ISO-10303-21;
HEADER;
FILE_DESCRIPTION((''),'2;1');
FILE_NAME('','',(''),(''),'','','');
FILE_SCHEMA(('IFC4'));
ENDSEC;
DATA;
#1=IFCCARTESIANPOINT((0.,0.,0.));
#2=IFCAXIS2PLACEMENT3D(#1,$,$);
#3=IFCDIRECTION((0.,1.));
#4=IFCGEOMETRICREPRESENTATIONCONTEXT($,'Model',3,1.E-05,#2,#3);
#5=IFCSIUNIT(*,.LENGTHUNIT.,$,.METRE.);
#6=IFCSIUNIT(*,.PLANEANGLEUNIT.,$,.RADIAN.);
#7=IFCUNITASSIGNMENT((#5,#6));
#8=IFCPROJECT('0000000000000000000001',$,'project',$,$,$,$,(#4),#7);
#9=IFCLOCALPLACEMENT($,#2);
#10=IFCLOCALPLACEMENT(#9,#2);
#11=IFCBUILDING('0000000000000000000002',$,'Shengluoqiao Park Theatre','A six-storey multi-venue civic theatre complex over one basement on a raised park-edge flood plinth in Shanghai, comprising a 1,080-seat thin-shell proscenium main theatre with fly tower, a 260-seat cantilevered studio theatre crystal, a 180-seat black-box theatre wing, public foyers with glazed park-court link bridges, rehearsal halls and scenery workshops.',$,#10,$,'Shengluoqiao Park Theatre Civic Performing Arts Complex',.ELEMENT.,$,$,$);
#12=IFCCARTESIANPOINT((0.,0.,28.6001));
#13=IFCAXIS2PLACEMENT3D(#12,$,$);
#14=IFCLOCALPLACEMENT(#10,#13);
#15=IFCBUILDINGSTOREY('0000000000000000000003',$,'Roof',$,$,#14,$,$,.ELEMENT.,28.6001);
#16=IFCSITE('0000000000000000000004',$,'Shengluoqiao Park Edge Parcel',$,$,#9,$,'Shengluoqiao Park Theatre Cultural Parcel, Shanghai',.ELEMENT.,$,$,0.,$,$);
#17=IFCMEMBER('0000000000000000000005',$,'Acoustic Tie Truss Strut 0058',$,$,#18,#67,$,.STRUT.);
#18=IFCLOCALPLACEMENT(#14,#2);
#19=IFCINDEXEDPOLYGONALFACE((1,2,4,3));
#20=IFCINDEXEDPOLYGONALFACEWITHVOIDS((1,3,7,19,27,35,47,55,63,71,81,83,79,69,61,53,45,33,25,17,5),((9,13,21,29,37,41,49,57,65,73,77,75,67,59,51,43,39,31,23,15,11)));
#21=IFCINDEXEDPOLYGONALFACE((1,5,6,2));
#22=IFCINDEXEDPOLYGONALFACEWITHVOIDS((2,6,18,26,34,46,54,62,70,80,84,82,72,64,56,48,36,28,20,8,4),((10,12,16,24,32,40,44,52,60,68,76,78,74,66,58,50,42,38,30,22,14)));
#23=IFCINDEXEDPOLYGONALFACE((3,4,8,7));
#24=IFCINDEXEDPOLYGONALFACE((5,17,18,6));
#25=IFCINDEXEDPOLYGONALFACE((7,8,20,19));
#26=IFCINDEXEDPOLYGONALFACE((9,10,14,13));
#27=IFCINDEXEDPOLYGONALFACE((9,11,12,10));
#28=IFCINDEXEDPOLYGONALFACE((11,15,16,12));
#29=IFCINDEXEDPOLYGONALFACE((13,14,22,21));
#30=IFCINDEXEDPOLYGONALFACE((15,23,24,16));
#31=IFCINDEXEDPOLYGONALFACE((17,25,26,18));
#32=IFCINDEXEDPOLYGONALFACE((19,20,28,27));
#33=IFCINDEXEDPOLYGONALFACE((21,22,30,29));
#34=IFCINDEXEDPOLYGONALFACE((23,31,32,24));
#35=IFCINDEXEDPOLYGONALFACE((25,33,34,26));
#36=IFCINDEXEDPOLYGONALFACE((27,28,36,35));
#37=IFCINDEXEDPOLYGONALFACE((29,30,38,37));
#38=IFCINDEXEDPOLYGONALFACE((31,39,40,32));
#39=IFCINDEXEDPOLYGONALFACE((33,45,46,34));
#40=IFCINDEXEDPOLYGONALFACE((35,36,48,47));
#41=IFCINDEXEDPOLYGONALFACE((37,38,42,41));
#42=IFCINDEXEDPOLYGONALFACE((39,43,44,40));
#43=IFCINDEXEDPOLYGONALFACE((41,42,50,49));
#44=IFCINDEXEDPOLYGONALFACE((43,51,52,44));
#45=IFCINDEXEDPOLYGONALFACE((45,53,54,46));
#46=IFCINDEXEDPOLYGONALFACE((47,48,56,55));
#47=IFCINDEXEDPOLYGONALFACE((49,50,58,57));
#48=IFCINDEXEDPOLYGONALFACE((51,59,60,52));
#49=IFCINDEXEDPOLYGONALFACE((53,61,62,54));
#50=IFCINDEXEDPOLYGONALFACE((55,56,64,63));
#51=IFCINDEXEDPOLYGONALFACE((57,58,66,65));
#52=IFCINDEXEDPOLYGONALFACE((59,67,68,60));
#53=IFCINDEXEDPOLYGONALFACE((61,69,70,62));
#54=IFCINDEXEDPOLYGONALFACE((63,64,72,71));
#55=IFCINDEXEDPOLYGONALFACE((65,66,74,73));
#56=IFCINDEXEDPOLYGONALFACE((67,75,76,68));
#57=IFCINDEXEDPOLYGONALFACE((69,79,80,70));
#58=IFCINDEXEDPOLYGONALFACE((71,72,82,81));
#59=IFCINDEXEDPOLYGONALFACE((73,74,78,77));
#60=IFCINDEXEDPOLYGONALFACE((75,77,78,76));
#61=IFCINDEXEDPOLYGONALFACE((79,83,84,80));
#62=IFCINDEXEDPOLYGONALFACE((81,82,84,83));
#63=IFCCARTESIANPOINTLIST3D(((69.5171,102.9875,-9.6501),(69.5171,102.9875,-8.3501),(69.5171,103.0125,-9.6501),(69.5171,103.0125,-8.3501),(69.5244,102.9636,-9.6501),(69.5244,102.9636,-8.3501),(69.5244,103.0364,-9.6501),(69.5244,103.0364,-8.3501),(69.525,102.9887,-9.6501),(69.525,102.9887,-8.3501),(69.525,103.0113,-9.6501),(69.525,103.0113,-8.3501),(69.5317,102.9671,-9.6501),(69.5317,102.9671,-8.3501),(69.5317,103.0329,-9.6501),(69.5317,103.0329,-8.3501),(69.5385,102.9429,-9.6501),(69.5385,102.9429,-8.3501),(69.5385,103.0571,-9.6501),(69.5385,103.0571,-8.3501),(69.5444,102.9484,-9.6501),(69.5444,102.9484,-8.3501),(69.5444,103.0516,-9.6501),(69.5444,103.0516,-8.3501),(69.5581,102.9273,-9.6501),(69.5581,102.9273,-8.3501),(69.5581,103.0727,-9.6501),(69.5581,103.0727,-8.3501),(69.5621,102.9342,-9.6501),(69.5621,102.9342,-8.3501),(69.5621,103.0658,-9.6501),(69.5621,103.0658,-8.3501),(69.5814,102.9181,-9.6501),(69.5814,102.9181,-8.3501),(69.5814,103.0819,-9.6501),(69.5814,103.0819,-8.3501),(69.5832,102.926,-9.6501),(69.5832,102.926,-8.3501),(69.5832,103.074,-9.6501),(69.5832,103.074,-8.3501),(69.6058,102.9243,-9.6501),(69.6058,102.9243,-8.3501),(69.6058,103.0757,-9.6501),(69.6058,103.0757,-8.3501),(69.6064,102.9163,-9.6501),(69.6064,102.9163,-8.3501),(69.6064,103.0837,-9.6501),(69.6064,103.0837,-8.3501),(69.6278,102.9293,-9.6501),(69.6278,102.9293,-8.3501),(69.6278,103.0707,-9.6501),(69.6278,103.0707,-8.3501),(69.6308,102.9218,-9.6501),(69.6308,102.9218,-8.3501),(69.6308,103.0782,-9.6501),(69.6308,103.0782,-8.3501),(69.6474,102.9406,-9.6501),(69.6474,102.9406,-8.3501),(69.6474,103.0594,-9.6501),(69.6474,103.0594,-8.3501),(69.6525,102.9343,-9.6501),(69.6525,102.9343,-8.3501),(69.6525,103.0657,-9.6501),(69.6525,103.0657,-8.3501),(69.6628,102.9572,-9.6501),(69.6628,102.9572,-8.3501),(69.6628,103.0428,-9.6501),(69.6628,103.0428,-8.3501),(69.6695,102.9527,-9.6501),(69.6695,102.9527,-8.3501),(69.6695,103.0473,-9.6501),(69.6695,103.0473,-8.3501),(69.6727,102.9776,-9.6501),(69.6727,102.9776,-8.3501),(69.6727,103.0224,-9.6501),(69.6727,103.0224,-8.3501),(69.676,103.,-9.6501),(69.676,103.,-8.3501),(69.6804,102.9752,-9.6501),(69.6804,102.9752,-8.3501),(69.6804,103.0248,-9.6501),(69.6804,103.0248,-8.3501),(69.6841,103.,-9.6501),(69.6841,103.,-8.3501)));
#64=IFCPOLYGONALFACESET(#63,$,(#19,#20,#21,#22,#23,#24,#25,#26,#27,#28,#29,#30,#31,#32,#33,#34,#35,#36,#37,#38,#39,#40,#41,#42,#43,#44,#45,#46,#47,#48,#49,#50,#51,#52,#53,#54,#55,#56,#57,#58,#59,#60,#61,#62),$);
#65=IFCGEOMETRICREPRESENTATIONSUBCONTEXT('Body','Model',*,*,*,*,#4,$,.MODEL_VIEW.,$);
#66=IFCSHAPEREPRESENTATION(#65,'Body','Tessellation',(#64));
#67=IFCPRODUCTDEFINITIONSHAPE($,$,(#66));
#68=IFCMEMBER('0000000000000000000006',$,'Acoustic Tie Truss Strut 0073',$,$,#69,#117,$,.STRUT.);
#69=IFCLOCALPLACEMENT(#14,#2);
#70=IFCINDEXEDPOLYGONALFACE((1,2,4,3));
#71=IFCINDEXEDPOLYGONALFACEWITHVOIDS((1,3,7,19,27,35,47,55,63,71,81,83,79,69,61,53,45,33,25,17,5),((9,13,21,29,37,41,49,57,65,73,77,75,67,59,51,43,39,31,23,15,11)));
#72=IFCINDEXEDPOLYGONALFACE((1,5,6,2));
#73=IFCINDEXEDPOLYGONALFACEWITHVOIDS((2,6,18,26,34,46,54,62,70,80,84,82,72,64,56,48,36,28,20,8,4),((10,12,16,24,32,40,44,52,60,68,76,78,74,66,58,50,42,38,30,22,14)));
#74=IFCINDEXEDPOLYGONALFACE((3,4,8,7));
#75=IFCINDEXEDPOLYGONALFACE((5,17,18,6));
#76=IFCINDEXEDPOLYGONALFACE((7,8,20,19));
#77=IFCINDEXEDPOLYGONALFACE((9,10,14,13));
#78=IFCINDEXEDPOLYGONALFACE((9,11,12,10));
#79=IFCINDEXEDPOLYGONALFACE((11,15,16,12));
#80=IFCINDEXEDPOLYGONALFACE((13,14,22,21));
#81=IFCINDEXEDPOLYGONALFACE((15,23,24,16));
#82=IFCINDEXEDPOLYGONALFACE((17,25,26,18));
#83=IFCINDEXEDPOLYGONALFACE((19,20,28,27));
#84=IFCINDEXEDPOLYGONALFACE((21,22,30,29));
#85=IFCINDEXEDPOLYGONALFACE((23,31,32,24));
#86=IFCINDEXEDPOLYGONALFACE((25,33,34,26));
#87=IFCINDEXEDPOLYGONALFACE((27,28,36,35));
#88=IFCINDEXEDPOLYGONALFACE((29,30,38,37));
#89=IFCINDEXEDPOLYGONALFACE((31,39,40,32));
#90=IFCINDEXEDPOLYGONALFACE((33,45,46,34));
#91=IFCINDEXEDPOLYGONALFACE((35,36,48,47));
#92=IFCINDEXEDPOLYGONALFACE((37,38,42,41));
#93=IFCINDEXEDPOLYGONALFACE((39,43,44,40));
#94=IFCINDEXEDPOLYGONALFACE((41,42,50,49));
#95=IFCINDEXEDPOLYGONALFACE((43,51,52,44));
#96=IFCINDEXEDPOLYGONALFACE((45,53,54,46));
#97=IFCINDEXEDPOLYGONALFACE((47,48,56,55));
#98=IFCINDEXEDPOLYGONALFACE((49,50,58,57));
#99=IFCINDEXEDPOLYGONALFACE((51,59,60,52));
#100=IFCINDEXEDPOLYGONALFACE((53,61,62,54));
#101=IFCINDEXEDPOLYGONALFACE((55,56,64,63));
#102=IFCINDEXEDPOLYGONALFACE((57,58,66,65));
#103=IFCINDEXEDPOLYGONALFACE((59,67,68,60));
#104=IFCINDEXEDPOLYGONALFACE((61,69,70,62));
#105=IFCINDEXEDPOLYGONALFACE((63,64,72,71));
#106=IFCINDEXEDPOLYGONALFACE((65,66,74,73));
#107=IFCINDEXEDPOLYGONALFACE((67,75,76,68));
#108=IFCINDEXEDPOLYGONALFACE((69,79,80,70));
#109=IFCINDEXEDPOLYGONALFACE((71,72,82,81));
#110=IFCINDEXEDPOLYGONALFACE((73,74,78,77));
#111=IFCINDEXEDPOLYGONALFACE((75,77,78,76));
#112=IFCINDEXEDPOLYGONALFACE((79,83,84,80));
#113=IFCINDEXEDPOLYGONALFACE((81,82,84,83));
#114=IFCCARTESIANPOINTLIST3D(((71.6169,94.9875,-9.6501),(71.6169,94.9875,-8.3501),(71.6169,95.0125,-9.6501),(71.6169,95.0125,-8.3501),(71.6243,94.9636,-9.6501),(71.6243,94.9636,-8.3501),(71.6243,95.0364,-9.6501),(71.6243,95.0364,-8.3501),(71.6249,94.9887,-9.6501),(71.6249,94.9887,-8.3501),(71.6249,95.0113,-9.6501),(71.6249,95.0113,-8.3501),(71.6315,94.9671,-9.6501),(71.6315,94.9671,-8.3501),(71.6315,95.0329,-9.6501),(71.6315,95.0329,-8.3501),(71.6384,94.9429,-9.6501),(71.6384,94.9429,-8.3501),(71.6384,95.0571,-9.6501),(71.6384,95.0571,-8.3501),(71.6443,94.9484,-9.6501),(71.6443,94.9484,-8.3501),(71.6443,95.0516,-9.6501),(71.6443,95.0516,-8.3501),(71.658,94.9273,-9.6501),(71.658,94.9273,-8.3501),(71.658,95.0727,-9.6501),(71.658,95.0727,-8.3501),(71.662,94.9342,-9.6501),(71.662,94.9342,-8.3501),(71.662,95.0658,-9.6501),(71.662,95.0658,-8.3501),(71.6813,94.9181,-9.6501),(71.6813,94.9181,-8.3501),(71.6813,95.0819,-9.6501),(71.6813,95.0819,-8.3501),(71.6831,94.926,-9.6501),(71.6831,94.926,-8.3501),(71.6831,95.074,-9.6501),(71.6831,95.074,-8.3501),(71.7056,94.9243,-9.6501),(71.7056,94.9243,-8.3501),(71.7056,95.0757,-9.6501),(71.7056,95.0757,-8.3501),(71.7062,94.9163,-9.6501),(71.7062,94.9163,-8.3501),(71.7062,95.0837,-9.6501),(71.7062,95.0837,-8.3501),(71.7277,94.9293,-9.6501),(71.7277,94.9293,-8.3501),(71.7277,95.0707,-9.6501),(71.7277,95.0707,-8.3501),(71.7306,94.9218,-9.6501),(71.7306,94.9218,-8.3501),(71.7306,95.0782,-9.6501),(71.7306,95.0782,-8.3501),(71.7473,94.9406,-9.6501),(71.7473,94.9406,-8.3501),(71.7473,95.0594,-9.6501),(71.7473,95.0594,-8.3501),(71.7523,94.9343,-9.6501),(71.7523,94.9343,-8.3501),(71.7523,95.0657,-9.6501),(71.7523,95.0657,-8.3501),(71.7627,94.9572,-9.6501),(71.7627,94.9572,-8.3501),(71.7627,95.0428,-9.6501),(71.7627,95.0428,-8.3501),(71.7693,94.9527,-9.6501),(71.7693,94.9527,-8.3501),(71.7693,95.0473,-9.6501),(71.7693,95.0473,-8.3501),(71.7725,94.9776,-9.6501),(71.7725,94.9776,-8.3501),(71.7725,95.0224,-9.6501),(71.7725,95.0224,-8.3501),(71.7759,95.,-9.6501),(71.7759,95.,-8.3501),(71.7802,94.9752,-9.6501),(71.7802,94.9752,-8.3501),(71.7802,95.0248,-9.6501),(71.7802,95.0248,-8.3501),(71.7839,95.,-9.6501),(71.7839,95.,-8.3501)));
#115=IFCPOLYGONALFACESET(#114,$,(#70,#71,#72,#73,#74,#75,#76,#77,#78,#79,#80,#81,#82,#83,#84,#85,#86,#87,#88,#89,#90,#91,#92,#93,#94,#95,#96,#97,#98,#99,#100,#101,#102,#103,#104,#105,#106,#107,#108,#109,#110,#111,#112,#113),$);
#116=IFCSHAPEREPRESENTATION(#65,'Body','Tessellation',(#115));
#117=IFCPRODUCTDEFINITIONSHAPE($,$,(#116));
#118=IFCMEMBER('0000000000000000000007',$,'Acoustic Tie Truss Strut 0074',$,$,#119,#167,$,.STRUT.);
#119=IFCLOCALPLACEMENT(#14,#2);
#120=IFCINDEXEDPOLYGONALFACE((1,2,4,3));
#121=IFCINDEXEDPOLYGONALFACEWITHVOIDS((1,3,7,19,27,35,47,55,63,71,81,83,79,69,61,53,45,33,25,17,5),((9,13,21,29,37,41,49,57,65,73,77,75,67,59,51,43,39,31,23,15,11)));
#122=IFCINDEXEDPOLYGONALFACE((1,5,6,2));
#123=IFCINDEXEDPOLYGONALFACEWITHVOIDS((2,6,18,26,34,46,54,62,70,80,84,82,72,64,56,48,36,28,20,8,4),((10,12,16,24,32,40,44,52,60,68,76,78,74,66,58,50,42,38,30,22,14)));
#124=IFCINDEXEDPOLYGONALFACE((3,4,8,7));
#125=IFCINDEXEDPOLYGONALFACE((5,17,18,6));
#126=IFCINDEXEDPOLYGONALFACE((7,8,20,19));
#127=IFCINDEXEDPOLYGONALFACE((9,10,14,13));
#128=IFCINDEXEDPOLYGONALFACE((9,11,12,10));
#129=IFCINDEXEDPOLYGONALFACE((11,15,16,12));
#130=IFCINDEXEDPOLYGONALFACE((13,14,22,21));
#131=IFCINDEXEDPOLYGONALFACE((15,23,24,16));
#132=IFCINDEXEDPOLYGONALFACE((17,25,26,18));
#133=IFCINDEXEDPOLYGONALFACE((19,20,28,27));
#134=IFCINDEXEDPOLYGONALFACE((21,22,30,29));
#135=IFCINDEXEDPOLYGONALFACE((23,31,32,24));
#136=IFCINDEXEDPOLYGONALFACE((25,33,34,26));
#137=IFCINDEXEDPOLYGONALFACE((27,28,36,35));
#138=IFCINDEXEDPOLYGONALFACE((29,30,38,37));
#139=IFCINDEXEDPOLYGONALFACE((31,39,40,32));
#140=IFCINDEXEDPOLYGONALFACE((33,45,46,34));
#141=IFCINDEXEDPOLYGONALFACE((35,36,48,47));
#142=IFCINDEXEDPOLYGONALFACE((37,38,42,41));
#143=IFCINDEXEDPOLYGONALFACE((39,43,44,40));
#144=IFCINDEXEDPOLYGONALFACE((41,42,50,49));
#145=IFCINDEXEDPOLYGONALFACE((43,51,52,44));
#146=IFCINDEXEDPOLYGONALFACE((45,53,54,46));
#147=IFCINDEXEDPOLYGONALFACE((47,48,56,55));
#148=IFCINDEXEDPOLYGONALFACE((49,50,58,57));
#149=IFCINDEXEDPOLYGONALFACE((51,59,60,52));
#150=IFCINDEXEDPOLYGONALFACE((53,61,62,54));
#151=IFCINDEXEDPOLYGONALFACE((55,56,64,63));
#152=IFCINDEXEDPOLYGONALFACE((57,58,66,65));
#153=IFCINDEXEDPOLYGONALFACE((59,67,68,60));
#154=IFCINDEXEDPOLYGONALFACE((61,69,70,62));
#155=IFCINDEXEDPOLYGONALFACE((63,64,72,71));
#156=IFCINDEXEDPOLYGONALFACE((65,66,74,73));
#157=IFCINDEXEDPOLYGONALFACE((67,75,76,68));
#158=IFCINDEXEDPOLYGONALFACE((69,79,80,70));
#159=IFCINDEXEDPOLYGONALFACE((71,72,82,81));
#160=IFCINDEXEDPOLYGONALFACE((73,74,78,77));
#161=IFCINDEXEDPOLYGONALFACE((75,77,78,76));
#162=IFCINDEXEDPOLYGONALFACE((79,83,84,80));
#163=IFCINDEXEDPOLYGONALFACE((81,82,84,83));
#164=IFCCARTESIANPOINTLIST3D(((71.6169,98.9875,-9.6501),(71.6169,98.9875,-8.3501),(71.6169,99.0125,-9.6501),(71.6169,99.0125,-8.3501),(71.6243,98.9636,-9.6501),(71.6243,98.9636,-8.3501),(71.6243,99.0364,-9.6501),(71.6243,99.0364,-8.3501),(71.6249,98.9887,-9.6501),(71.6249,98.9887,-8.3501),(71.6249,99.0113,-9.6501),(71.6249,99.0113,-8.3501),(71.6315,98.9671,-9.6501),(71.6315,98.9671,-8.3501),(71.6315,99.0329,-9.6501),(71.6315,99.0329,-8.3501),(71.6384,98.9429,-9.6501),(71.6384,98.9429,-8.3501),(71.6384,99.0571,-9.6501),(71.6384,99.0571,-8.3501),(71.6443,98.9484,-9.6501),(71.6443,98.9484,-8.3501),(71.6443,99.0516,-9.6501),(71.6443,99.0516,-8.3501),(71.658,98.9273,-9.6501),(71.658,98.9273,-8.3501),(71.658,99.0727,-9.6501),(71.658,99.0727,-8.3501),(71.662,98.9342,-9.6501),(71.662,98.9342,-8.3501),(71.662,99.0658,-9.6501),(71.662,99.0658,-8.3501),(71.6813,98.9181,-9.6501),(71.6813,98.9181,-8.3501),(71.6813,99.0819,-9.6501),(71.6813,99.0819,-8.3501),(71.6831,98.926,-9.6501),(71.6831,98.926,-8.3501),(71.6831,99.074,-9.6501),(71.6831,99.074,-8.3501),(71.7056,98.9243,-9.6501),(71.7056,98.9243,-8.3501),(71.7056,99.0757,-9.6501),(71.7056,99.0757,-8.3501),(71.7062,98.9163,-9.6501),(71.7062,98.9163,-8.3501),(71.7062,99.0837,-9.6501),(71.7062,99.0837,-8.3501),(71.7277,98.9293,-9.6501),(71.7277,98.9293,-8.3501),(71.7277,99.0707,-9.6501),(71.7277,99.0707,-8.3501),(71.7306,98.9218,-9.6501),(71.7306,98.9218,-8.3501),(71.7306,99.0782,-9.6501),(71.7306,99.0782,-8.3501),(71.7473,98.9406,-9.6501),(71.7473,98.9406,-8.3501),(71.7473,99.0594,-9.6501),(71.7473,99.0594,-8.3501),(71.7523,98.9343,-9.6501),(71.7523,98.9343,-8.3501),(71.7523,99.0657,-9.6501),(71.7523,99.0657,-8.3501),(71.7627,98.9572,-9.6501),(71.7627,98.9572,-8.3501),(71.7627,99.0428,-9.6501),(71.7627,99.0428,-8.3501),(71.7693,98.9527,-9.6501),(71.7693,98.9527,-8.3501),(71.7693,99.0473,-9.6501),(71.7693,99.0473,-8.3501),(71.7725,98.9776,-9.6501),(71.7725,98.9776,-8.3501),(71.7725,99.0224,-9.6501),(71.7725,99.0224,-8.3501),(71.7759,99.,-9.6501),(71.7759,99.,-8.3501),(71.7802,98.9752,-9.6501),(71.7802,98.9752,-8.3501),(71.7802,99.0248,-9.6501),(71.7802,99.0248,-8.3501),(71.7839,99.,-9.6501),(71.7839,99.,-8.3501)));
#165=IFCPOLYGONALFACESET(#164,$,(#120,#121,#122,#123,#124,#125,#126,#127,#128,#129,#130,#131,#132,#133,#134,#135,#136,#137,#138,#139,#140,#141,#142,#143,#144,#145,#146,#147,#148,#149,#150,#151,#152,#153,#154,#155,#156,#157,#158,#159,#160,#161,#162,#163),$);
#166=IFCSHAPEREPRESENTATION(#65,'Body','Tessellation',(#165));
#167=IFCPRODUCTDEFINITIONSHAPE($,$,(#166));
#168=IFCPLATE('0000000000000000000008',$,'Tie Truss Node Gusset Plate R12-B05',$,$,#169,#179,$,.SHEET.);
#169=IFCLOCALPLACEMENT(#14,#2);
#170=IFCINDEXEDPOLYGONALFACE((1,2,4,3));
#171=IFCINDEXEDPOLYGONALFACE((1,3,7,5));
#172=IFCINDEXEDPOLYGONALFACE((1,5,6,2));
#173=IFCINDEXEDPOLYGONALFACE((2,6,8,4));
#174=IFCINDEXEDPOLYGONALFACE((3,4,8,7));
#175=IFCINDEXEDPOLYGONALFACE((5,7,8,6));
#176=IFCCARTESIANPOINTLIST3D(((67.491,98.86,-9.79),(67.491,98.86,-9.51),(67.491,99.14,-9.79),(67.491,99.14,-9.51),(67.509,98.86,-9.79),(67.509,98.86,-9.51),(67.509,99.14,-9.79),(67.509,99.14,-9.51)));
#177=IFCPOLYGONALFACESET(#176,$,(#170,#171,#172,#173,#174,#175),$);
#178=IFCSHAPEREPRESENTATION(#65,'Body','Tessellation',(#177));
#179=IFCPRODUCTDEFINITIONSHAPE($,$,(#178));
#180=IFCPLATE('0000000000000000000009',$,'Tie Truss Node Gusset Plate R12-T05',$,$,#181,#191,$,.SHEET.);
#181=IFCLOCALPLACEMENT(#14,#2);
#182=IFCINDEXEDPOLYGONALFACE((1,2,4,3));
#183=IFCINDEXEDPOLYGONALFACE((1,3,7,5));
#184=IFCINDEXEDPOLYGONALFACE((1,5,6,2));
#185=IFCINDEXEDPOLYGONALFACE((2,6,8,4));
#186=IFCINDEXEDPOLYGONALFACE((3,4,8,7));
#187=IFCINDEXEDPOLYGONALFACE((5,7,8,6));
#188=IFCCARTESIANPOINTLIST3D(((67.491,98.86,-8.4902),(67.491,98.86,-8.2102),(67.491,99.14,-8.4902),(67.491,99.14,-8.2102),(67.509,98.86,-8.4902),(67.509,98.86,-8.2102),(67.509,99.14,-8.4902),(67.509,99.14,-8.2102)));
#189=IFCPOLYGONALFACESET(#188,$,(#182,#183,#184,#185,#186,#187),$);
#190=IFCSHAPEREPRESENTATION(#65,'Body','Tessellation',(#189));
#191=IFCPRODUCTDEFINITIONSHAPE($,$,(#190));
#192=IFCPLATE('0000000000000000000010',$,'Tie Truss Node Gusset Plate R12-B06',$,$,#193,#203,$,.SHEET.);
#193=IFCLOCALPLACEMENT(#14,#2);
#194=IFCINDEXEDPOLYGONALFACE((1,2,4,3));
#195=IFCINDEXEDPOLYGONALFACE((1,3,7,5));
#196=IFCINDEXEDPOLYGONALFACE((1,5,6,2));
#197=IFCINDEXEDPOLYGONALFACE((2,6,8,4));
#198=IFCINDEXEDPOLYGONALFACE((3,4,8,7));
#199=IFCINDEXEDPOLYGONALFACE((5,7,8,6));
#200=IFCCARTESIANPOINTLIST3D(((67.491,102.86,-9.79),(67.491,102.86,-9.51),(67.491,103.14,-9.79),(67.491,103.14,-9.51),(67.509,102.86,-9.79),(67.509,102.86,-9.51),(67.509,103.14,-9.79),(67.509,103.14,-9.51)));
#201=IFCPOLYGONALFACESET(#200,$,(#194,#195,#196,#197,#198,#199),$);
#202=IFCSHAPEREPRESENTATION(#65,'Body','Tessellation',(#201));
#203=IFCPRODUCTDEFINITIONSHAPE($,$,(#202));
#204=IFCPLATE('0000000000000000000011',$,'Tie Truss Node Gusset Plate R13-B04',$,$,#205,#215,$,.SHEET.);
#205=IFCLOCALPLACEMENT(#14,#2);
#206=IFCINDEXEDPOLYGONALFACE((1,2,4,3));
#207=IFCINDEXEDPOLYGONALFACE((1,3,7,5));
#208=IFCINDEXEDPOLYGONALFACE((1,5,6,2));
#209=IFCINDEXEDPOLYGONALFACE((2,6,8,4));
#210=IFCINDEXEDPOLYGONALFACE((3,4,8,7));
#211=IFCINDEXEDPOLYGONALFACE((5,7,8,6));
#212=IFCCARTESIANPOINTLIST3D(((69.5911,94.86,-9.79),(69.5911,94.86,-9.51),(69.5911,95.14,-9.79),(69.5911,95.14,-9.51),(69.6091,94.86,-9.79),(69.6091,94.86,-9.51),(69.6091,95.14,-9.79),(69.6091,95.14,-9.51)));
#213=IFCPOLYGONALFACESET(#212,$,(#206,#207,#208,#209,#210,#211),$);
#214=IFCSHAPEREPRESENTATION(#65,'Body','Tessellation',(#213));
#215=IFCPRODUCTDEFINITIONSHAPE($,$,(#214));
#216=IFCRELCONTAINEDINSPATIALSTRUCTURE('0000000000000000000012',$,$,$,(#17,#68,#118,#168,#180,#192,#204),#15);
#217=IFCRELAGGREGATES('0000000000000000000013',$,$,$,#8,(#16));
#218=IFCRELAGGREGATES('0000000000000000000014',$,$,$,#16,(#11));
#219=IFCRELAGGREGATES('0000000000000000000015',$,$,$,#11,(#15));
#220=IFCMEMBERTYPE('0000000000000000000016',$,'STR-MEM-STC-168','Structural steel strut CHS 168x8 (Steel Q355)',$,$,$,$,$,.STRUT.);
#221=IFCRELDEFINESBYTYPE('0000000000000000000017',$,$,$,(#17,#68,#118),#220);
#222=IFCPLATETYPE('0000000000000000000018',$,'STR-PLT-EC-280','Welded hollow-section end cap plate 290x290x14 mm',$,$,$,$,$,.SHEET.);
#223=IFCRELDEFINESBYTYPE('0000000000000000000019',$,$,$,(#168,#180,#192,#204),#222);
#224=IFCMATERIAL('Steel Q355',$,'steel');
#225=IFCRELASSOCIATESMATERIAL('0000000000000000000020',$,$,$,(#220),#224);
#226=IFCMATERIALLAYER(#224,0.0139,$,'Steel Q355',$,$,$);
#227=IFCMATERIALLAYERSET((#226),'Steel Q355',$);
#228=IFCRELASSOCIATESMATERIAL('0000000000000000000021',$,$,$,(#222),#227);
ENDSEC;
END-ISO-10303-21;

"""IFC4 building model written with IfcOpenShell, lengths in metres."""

from ifc_helpers import new_model, si_unit, direction, frame, origin, origin_2d, place, context, subcontext, project, spatial, rectangle, hollow_circle, extrude, material, layer, layer_set, material_profile, profile_set, type_object, element, save


model = new_model("IFC4")

# Units and contexts
model_context = context("Model", 3, precision=1e-05, world=origin(), true_north=direction((0.0, 1.0)))
body_context = subcontext(model_context, "Body", "Model", "MODEL_VIEW")
ifc_project = project(units=[si_unit("LENGTHUNIT", "METRE"), si_unit("PLANEANGLEUNIT", "RADIAN")], contexts=[model_context])

# Site, building, storey
site_placement = place(None, origin())
site = spatial("IfcSite", under=ifc_project, at=site_placement, Name="Shengluoqiao Park Edge Parcel", LongName="Shengluoqiao Park Theatre Cultural Parcel, Shanghai", CompositionType="ELEMENT", RefElevation=0.0)
building_placement = place(site_placement, origin())
building = spatial("IfcBuilding", under=site, at=building_placement, Name="Shengluoqiao Park Theatre", Description="A six-storey multi-venue civic theatre complex over one basement on a raised park-edge flood plinth in Shanghai, comprising a 1,080-seat thin-shell proscenium main theatre with fly tower, a 260-seat cantilevered studio theatre crystal, a 180-seat black-box theatre wing, public foyers with glazed park-court link bridges, rehearsal halls and scenery workshops.", LongName="Shengluoqiao Park Theatre Civic Performing Arts Complex", CompositionType="ELEMENT")
storey_placement = place(building_placement, frame((0.0, 0.0, 28.6001)))
storey = spatial("IfcBuildingStorey", under=building, at=storey_placement, Name="Roof", CompositionType="ELEMENT", Elevation=28.6001)

# Shared definitions
ifc_material = material(Name="Steel Q355", Category="steel")

# Members
ifc_material_profile_1 = material_profile(ifc_material, hollow_circle(Radius=0.084, WallThickness=0.0081, at=origin_2d()), Name="CHS 168x8")
ifc_profile_set_1 = profile_set([ifc_material_profile_1], Name="Steel Q355")
member_type_1 = type_object("IfcMemberType", Name="STR-MEM-STC-168", Description="Structural steel strut CHS 168x8 (Steel Q355)", PredefinedType="STRUT", material=ifc_profile_set_1)
for number, where, z_axis, x_axis, name in (
    (1, (69.6001, 103.0, -9.6501), (0.0, 0.0, 1.0), (1.0, 0.0, 0.0), "Acoustic Tie Truss Strut 0058"),
    (2, (71.7, 95.0, -9.6501), (0.0, 0.0, 1.0), (1.0, 0.0, 0.0), "Acoustic Tie Truss Strut 0073"),
    (3, (71.7, 99.0, -9.6501), (0.0, 0.0, 1.0), (1.0, 0.0, 0.0), "Acoustic Tie Truss Strut 0074"),
):
    element("IfcMember", number, at=place(storey_placement, frame(where, z_axis=z_axis, x_axis=x_axis)), inside=storey, type_object=member_type_1, Name=name, PredefinedType="STRUT", context=body_context, shape_type="SweptSolid", body=[
        extrude(hollow_circle(Radius=0.084, WallThickness=0.0081, at=origin_2d()), origin(), (0.0, 0.0, 1.0), 1.3),
    ])

# Plates
ifc_layer = layer(ifc_material, 0.0139, Name="Steel Q355")
ifc_layer_set = layer_set([ifc_layer], Name="Steel Q355")
plate_type = type_object("IfcPlateType", Name="STR-PLT-EC-280", Description="Welded hollow-section end cap plate 290x290x14 mm", PredefinedType="SHEET", material=ifc_layer_set)
for number, where, z_axis, x_axis, name in (
    (4, (67.5, 99.0, -9.79), (0.0, 0.0, 1.0), (1.0, 0.0, 0.0), "Tie Truss Node Gusset Plate R12-B05"),
    (5, (67.5, 99.0, -8.4902), (0.0, 0.0, 1.0), (1.0, 0.0, 0.0), "Tie Truss Node Gusset Plate R12-T05"),
    (6, (67.5, 103.0, -9.79), (0.0, 0.0, 1.0), (1.0, 0.0, 0.0), "Tie Truss Node Gusset Plate R12-B06"),
    (7, (69.6001, 95.0, -9.79), (0.0, 0.0, 1.0), (1.0, 0.0, 0.0), "Tie Truss Node Gusset Plate R13-B04"),
):
    element("IfcPlate", number, at=place(storey_placement, frame(where, z_axis=z_axis, x_axis=x_axis)), inside=storey, type_object=plate_type, Name=name, PredefinedType="SHEET", context=body_context, shape_type="SweptSolid", body=[
        extrude(rectangle(XDim=0.0181, YDim=0.28, at=origin_2d()), origin(), (0.0, 0.0, 1.0), 0.28),
    ])

save(model, "model.ifc")
